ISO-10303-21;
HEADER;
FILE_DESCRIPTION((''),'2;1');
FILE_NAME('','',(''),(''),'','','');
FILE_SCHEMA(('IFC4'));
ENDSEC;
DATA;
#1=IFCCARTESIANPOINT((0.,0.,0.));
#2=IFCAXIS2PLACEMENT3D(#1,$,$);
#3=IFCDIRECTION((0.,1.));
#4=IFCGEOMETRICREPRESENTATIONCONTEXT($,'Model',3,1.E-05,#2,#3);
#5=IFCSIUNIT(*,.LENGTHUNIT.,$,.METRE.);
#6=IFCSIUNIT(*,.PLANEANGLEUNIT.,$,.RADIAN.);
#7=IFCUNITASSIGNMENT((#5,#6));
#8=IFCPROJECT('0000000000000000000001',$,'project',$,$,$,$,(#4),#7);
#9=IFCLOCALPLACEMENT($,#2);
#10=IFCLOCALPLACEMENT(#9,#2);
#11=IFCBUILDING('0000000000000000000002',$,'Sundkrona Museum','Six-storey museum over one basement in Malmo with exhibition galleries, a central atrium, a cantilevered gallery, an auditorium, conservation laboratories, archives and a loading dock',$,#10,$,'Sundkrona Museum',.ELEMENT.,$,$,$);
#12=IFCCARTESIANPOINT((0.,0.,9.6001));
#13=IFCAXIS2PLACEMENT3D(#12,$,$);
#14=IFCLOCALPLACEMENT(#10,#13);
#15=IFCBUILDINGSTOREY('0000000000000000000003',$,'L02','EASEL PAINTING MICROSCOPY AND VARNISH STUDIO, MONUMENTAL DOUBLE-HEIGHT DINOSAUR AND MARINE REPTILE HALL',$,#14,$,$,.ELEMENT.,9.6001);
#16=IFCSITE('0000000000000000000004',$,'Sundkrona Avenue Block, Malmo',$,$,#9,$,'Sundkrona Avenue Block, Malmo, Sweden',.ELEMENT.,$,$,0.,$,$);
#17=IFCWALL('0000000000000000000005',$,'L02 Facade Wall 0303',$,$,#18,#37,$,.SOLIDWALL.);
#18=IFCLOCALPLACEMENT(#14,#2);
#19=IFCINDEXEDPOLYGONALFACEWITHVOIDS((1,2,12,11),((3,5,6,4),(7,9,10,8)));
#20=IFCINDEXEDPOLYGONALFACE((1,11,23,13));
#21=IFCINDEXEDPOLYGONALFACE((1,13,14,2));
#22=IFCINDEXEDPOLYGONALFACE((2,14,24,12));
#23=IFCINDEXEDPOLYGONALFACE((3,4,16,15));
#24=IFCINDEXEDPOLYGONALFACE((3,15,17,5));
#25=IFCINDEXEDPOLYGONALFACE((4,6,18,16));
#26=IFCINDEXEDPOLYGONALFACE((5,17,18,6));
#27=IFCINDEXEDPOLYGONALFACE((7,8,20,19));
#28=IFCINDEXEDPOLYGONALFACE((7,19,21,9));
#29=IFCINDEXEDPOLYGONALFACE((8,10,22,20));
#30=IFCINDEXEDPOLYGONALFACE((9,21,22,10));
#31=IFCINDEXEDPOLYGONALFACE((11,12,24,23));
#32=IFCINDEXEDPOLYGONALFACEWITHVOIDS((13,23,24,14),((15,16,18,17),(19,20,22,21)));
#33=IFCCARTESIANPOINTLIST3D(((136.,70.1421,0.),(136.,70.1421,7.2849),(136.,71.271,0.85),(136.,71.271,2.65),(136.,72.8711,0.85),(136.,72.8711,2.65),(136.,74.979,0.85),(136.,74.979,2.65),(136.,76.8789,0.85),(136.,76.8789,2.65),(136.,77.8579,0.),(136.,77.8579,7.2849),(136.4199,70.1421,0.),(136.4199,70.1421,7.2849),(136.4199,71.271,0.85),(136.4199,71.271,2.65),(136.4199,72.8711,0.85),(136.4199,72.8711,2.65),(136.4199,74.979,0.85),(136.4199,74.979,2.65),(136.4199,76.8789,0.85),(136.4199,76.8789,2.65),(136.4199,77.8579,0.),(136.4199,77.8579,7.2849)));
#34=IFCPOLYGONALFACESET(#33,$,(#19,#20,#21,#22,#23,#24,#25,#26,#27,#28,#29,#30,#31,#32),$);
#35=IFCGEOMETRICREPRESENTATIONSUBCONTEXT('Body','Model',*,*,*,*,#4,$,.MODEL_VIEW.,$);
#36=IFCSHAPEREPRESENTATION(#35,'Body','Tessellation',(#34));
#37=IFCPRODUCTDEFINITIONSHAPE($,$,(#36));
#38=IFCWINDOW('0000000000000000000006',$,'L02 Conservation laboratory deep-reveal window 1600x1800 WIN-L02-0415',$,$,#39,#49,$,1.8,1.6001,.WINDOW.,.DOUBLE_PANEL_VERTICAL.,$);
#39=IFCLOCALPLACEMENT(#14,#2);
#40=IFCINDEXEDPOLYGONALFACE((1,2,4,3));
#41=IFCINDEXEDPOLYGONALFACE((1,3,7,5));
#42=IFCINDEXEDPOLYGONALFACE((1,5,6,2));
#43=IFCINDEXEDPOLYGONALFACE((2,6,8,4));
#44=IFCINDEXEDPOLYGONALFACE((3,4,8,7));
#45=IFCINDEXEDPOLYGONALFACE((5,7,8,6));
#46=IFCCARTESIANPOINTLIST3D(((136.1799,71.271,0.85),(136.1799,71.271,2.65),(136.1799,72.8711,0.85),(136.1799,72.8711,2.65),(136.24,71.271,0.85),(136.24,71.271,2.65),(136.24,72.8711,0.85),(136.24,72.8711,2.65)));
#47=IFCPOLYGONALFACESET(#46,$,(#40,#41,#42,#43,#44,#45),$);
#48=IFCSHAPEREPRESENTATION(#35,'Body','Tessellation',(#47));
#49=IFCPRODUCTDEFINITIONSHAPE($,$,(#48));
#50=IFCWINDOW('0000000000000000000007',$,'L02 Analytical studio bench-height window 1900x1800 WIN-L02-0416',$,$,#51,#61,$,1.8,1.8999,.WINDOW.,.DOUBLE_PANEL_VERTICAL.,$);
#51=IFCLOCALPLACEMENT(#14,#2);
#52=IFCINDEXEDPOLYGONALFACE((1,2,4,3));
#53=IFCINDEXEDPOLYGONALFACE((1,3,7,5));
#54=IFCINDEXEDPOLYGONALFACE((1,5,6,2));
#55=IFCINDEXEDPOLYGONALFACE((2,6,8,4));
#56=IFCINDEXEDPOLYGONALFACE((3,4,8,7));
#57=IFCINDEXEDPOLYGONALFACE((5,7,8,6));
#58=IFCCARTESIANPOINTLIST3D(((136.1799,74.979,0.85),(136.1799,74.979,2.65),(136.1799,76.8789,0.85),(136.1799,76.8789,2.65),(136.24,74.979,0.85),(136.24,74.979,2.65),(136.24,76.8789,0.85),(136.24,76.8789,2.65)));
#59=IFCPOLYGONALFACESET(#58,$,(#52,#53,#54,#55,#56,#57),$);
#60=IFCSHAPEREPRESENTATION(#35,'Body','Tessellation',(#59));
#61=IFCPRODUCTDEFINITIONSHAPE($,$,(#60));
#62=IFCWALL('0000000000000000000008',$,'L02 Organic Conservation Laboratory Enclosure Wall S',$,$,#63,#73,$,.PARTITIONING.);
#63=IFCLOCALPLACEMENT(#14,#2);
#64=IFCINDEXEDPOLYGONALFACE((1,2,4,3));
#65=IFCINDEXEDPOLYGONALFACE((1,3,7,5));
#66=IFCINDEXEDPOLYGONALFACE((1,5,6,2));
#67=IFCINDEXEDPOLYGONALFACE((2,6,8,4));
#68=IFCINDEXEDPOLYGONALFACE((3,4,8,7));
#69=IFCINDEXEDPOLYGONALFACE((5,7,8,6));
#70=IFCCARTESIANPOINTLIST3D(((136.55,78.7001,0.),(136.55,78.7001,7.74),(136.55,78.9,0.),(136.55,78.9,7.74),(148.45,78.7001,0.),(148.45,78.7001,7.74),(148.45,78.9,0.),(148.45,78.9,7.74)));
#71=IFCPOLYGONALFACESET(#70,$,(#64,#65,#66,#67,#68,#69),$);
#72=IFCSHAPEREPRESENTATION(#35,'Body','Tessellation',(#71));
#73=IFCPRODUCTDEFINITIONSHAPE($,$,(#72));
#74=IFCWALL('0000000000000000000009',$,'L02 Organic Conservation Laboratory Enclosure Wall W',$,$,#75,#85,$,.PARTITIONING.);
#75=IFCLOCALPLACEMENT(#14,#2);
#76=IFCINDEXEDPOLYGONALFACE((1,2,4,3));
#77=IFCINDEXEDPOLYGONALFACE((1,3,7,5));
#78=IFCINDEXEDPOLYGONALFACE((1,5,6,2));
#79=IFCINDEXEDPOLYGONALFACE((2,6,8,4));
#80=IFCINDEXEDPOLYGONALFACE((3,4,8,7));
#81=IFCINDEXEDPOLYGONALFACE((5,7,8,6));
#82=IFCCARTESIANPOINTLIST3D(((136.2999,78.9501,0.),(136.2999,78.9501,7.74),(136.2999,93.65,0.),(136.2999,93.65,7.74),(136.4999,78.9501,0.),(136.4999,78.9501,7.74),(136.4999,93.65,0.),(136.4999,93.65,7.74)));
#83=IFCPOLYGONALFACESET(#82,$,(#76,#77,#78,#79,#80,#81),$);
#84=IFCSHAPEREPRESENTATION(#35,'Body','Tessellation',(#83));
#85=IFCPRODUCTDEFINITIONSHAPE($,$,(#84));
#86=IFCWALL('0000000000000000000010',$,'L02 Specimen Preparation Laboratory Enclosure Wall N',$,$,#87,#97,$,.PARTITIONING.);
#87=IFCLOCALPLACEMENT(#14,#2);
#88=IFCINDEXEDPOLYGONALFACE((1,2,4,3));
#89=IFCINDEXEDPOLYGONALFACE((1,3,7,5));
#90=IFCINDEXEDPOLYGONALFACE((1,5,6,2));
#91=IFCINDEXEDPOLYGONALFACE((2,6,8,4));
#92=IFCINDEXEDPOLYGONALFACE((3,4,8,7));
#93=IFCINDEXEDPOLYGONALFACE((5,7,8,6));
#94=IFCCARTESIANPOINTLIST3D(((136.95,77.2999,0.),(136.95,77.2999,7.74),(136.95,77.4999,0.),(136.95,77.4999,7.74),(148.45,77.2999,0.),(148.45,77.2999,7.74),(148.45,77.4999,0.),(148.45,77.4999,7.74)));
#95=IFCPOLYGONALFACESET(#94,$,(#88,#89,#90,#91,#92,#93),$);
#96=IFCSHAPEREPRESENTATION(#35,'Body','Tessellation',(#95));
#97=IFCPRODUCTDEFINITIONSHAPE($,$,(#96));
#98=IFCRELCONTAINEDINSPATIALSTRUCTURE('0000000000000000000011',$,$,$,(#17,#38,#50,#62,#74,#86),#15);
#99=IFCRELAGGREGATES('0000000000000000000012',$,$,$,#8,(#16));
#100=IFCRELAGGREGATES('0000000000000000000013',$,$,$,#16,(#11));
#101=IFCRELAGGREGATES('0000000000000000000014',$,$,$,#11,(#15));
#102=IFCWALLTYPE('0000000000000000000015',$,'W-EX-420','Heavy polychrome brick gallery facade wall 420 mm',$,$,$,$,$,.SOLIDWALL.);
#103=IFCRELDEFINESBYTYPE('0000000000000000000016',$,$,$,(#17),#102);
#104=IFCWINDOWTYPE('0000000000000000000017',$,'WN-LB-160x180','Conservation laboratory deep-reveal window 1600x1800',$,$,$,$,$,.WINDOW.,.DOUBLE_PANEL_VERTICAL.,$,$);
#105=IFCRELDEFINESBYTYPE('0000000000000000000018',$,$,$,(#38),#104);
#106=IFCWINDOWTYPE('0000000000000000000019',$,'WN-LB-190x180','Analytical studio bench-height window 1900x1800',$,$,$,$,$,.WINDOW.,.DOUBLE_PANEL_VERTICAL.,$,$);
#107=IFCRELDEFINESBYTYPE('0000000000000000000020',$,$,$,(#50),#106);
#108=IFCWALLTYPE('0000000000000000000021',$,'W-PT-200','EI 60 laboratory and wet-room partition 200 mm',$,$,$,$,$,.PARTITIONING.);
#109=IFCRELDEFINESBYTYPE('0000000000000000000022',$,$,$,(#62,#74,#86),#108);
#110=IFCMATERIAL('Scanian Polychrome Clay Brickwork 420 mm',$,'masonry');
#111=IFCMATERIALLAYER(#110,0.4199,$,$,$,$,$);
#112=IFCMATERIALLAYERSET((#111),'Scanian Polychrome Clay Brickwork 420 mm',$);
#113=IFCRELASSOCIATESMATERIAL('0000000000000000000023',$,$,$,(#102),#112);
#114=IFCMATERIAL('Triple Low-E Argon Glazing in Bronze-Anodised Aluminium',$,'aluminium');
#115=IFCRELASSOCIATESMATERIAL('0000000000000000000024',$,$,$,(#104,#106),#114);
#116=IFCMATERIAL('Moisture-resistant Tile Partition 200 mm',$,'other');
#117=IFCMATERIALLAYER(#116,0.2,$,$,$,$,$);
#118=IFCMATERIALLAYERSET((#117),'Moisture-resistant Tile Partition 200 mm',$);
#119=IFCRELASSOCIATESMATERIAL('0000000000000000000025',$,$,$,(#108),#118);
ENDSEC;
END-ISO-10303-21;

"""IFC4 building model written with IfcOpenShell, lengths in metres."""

from ifc_helpers import new_model, si_unit, direction, frame, frame_2d, origin, place, context, subcontext, project, spatial, rectangle, extrude, material, layer, layer_set, type_object, element, fill, save


model = new_model("IFC4")

# Units and contexts
model_context = context("Model", 3, precision=1e-05, world=origin(), true_north=direction((0.0, 1.0)))
body_context = subcontext(model_context, "Body", "Model", "MODEL_VIEW")
ifc_project = project(units=[si_unit("LENGTHUNIT", "METRE"), si_unit("PLANEANGLEUNIT", "RADIAN")], contexts=[model_context])

# Site, building, storey
site_placement = place(None, origin())
site = spatial("IfcSite", under=ifc_project, at=site_placement, Name="Sundkrona Avenue Block, Malmo", LongName="Sundkrona Avenue Block, Malmo, Sweden", CompositionType="ELEMENT", RefElevation=0.0)
building_placement = place(site_placement, origin())
building = spatial("IfcBuilding", under=site, at=building_placement, Name="Sundkrona Museum", Description="Six-storey museum over one basement in Malmo with exhibition galleries, a central atrium, a cantilevered gallery, an auditorium, conservation laboratories, archives and a loading dock", LongName="Sundkrona Museum", CompositionType="ELEMENT")
storey_placement = place(building_placement, frame((0.0, 0.0, 9.6001)))
storey = spatial("IfcBuildingStorey", under=building, at=storey_placement, Name="L02", Description="EASEL PAINTING MICROSCOPY AND VARNISH STUDIO, MONUMENTAL DOUBLE-HEIGHT DINOSAUR AND MARINE REPTILE HALL", CompositionType="ELEMENT", Elevation=9.6001)

# Wall, openings, windows
ifc_material_1 = material(Name="Scanian Polychrome Clay Brickwork 420 mm", Category="masonry")
ifc_layer_1 = layer(ifc_material_1, 0.4199)
ifc_layer_set_1 = layer_set([ifc_layer_1], Name="Scanian Polychrome Clay Brickwork 420 mm")
wall_type_1 = type_object("IfcWallType", Name="W-EX-420", Description="Heavy polychrome brick gallery facade wall 420 mm", PredefinedType="SOLIDWALL", material=ifc_layer_set_1)
ifc_material_2 = material(Name="Triple Low-E Argon Glazing in Bronze-Anodised Aluminium", Category="aluminium")
window_type_1 = type_object("IfcWindowType", Name="WN-LB-160x180", Description="Conservation laboratory deep-reveal window 1600x1800", PartitioningType="DOUBLE_PANEL_VERTICAL", PredefinedType="WINDOW", material=ifc_material_2)
window_type_2 = type_object("IfcWindowType", Name="WN-LB-190x180", Description="Analytical studio bench-height window 1900x1800", PartitioningType="DOUBLE_PANEL_VERTICAL", PredefinedType="WINDOW", material=ifc_material_2)
wall_1_placement = place(storey_placement, frame((136.21, 70.1421, 0.0), z_axis=(0.0, 0.0, 1.0), x_axis=(0.0, 1.0, 0.0)))
wall_1 = element("IfcWall", 1, at=wall_1_placement, inside=storey, type_object=wall_type_1, Name="L02 Facade Wall 0303", PredefinedType="SOLIDWALL", context=body_context, shape_type="SweptSolid", body=[
    extrude(rectangle(XDim=7.7158, YDim=0.4199, at=frame_2d((3.8579, 0.0))), origin(), (0.0, 0.0, 1.0), 7.2849),
])
opening_1_placement = place(wall_1_placement, frame((1.1289, 0.0, 0.8501)))
opening_1 = element("IfcOpeningElement", 2, at=opening_1_placement, cuts=wall_1, PredefinedType="OPENING", context=body_context, shape_type="SweptSolid", body=[
    extrude(rectangle(XDim=1.6001, YDim=1.8, at=frame_2d((0.8, 0.8999))), frame((0.0, 0.22, 0.0), z_axis=(0.0, -1.0, 0.0), x_axis=(1.0, 0.0, 0.0)), (0.0, 0.0, 1.0), 0.4399),
])
opening_2_placement = place(wall_1_placement, frame((4.8369, 0.0, 0.8501)))
opening_2 = element("IfcOpeningElement", 3, at=opening_2_placement, cuts=wall_1, PredefinedType="OPENING", context=body_context, shape_type="SweptSolid", body=[
    extrude(rectangle(XDim=1.8999, YDim=1.8, at=frame_2d((0.95, 0.8999))), frame((0.0, 0.22, 0.0), z_axis=(0.0, -1.0, 0.0), x_axis=(1.0, 0.0, 0.0)), (0.0, 0.0, 1.0), 0.4399),
])
window_1_placement = place(opening_1_placement, origin())
window_1 = element("IfcWindow", 4, at=window_1_placement, inside=storey, type_object=window_type_1, Name="L02 Conservation laboratory deep-reveal window 1600x1800 WIN-L02-0415", OverallHeight=1.8, OverallWidth=1.6001, PartitioningType="DOUBLE_PANEL_VERTICAL", PredefinedType="WINDOW", context=body_context, shape_type="SweptSolid", body=[
    extrude(rectangle(XDim=1.6001, YDim=1.8, at=frame_2d((0.8, 0.8999))), frame((0.0, 0.03, 0.0), z_axis=(0.0, -1.0, 0.0), x_axis=(1.0, 0.0, 0.0)), (0.0, 0.0, 1.0), 0.0601),
])
fill(opening_1, window_1)
window_2_placement = place(opening_2_placement, origin())
window_2 = element("IfcWindow", 5, at=window_2_placement, inside=storey, type_object=window_type_2, Name="L02 Analytical studio bench-height window 1900x1800 WIN-L02-0416", OverallHeight=1.8, OverallWidth=1.8999, PartitioningType="DOUBLE_PANEL_VERTICAL", PredefinedType="WINDOW", context=body_context, shape_type="SweptSolid", body=[
    extrude(rectangle(XDim=1.8999, YDim=1.8, at=frame_2d((0.95, 0.8999))), frame((0.0, 0.03, 0.0), z_axis=(0.0, -1.0, 0.0), x_axis=(1.0, 0.0, 0.0)), (0.0, 0.0, 1.0), 0.0601),
])
fill(opening_2, window_2)

# Walls
ifc_material_3 = material(Name="Moisture-resistant Tile Partition 200 mm", Category="other")
ifc_layer_2 = layer(ifc_material_3, 0.2)
ifc_layer_set_2 = layer_set([ifc_layer_2], Name="Moisture-resistant Tile Partition 200 mm")
wall_type_2 = type_object("IfcWallType", Name="W-PT-200", Description="EI 60 laboratory and wet-room partition 200 mm", PredefinedType="PARTITIONING", material=ifc_layer_set_2)
wall_2_placement = place(storey_placement, frame((136.55, 78.8, 0.0), z_axis=(0.0, 0.0, 1.0), x_axis=(1.0, 0.0, 0.0)))
element("IfcWall", 6, at=wall_2_placement, inside=storey, type_object=wall_type_2, Name="L02 Organic Conservation Laboratory Enclosure Wall S", PredefinedType="PARTITIONING", context=body_context, shape_type="SweptSolid", body=[
    extrude(rectangle(XDim=11.8999, YDim=0.2, at=frame_2d((5.95, 0.0))), origin(), (0.0, 0.0, 1.0), 7.74),
])
wall_3_placement = place(storey_placement, frame((136.3999, 78.95, 0.0), z_axis=(0.0, 0.0, 1.0), x_axis=(0.0, 1.0, 0.0)))
element("IfcWall", 7, at=wall_3_placement, inside=storey, type_object=wall_type_2, Name="L02 Organic Conservation Laboratory Enclosure Wall W", PredefinedType="PARTITIONING", context=body_context, shape_type="SweptSolid", body=[
    extrude(rectangle(XDim=14.7, YDim=0.2, at=frame_2d((7.3501, 0.0))), origin(), (0.0, 0.0, 1.0), 7.74),
])
wall_4_placement = place(storey_placement, frame((136.95, 77.3999, 0.0), z_axis=(0.0, 0.0, 1.0), x_axis=(1.0, 0.0, 0.0)))
element("IfcWall", 8, at=wall_4_placement, inside=storey, type_object=wall_type_2, Name="L02 Specimen Preparation Laboratory Enclosure Wall N", PredefinedType="PARTITIONING", context=body_context, shape_type="SweptSolid", body=[
    extrude(rectangle(XDim=11.5, YDim=0.2, at=frame_2d((5.75, 0.0))), origin(), (0.0, 0.0, 1.0), 7.74),
])

save(model, "model.ifc")
